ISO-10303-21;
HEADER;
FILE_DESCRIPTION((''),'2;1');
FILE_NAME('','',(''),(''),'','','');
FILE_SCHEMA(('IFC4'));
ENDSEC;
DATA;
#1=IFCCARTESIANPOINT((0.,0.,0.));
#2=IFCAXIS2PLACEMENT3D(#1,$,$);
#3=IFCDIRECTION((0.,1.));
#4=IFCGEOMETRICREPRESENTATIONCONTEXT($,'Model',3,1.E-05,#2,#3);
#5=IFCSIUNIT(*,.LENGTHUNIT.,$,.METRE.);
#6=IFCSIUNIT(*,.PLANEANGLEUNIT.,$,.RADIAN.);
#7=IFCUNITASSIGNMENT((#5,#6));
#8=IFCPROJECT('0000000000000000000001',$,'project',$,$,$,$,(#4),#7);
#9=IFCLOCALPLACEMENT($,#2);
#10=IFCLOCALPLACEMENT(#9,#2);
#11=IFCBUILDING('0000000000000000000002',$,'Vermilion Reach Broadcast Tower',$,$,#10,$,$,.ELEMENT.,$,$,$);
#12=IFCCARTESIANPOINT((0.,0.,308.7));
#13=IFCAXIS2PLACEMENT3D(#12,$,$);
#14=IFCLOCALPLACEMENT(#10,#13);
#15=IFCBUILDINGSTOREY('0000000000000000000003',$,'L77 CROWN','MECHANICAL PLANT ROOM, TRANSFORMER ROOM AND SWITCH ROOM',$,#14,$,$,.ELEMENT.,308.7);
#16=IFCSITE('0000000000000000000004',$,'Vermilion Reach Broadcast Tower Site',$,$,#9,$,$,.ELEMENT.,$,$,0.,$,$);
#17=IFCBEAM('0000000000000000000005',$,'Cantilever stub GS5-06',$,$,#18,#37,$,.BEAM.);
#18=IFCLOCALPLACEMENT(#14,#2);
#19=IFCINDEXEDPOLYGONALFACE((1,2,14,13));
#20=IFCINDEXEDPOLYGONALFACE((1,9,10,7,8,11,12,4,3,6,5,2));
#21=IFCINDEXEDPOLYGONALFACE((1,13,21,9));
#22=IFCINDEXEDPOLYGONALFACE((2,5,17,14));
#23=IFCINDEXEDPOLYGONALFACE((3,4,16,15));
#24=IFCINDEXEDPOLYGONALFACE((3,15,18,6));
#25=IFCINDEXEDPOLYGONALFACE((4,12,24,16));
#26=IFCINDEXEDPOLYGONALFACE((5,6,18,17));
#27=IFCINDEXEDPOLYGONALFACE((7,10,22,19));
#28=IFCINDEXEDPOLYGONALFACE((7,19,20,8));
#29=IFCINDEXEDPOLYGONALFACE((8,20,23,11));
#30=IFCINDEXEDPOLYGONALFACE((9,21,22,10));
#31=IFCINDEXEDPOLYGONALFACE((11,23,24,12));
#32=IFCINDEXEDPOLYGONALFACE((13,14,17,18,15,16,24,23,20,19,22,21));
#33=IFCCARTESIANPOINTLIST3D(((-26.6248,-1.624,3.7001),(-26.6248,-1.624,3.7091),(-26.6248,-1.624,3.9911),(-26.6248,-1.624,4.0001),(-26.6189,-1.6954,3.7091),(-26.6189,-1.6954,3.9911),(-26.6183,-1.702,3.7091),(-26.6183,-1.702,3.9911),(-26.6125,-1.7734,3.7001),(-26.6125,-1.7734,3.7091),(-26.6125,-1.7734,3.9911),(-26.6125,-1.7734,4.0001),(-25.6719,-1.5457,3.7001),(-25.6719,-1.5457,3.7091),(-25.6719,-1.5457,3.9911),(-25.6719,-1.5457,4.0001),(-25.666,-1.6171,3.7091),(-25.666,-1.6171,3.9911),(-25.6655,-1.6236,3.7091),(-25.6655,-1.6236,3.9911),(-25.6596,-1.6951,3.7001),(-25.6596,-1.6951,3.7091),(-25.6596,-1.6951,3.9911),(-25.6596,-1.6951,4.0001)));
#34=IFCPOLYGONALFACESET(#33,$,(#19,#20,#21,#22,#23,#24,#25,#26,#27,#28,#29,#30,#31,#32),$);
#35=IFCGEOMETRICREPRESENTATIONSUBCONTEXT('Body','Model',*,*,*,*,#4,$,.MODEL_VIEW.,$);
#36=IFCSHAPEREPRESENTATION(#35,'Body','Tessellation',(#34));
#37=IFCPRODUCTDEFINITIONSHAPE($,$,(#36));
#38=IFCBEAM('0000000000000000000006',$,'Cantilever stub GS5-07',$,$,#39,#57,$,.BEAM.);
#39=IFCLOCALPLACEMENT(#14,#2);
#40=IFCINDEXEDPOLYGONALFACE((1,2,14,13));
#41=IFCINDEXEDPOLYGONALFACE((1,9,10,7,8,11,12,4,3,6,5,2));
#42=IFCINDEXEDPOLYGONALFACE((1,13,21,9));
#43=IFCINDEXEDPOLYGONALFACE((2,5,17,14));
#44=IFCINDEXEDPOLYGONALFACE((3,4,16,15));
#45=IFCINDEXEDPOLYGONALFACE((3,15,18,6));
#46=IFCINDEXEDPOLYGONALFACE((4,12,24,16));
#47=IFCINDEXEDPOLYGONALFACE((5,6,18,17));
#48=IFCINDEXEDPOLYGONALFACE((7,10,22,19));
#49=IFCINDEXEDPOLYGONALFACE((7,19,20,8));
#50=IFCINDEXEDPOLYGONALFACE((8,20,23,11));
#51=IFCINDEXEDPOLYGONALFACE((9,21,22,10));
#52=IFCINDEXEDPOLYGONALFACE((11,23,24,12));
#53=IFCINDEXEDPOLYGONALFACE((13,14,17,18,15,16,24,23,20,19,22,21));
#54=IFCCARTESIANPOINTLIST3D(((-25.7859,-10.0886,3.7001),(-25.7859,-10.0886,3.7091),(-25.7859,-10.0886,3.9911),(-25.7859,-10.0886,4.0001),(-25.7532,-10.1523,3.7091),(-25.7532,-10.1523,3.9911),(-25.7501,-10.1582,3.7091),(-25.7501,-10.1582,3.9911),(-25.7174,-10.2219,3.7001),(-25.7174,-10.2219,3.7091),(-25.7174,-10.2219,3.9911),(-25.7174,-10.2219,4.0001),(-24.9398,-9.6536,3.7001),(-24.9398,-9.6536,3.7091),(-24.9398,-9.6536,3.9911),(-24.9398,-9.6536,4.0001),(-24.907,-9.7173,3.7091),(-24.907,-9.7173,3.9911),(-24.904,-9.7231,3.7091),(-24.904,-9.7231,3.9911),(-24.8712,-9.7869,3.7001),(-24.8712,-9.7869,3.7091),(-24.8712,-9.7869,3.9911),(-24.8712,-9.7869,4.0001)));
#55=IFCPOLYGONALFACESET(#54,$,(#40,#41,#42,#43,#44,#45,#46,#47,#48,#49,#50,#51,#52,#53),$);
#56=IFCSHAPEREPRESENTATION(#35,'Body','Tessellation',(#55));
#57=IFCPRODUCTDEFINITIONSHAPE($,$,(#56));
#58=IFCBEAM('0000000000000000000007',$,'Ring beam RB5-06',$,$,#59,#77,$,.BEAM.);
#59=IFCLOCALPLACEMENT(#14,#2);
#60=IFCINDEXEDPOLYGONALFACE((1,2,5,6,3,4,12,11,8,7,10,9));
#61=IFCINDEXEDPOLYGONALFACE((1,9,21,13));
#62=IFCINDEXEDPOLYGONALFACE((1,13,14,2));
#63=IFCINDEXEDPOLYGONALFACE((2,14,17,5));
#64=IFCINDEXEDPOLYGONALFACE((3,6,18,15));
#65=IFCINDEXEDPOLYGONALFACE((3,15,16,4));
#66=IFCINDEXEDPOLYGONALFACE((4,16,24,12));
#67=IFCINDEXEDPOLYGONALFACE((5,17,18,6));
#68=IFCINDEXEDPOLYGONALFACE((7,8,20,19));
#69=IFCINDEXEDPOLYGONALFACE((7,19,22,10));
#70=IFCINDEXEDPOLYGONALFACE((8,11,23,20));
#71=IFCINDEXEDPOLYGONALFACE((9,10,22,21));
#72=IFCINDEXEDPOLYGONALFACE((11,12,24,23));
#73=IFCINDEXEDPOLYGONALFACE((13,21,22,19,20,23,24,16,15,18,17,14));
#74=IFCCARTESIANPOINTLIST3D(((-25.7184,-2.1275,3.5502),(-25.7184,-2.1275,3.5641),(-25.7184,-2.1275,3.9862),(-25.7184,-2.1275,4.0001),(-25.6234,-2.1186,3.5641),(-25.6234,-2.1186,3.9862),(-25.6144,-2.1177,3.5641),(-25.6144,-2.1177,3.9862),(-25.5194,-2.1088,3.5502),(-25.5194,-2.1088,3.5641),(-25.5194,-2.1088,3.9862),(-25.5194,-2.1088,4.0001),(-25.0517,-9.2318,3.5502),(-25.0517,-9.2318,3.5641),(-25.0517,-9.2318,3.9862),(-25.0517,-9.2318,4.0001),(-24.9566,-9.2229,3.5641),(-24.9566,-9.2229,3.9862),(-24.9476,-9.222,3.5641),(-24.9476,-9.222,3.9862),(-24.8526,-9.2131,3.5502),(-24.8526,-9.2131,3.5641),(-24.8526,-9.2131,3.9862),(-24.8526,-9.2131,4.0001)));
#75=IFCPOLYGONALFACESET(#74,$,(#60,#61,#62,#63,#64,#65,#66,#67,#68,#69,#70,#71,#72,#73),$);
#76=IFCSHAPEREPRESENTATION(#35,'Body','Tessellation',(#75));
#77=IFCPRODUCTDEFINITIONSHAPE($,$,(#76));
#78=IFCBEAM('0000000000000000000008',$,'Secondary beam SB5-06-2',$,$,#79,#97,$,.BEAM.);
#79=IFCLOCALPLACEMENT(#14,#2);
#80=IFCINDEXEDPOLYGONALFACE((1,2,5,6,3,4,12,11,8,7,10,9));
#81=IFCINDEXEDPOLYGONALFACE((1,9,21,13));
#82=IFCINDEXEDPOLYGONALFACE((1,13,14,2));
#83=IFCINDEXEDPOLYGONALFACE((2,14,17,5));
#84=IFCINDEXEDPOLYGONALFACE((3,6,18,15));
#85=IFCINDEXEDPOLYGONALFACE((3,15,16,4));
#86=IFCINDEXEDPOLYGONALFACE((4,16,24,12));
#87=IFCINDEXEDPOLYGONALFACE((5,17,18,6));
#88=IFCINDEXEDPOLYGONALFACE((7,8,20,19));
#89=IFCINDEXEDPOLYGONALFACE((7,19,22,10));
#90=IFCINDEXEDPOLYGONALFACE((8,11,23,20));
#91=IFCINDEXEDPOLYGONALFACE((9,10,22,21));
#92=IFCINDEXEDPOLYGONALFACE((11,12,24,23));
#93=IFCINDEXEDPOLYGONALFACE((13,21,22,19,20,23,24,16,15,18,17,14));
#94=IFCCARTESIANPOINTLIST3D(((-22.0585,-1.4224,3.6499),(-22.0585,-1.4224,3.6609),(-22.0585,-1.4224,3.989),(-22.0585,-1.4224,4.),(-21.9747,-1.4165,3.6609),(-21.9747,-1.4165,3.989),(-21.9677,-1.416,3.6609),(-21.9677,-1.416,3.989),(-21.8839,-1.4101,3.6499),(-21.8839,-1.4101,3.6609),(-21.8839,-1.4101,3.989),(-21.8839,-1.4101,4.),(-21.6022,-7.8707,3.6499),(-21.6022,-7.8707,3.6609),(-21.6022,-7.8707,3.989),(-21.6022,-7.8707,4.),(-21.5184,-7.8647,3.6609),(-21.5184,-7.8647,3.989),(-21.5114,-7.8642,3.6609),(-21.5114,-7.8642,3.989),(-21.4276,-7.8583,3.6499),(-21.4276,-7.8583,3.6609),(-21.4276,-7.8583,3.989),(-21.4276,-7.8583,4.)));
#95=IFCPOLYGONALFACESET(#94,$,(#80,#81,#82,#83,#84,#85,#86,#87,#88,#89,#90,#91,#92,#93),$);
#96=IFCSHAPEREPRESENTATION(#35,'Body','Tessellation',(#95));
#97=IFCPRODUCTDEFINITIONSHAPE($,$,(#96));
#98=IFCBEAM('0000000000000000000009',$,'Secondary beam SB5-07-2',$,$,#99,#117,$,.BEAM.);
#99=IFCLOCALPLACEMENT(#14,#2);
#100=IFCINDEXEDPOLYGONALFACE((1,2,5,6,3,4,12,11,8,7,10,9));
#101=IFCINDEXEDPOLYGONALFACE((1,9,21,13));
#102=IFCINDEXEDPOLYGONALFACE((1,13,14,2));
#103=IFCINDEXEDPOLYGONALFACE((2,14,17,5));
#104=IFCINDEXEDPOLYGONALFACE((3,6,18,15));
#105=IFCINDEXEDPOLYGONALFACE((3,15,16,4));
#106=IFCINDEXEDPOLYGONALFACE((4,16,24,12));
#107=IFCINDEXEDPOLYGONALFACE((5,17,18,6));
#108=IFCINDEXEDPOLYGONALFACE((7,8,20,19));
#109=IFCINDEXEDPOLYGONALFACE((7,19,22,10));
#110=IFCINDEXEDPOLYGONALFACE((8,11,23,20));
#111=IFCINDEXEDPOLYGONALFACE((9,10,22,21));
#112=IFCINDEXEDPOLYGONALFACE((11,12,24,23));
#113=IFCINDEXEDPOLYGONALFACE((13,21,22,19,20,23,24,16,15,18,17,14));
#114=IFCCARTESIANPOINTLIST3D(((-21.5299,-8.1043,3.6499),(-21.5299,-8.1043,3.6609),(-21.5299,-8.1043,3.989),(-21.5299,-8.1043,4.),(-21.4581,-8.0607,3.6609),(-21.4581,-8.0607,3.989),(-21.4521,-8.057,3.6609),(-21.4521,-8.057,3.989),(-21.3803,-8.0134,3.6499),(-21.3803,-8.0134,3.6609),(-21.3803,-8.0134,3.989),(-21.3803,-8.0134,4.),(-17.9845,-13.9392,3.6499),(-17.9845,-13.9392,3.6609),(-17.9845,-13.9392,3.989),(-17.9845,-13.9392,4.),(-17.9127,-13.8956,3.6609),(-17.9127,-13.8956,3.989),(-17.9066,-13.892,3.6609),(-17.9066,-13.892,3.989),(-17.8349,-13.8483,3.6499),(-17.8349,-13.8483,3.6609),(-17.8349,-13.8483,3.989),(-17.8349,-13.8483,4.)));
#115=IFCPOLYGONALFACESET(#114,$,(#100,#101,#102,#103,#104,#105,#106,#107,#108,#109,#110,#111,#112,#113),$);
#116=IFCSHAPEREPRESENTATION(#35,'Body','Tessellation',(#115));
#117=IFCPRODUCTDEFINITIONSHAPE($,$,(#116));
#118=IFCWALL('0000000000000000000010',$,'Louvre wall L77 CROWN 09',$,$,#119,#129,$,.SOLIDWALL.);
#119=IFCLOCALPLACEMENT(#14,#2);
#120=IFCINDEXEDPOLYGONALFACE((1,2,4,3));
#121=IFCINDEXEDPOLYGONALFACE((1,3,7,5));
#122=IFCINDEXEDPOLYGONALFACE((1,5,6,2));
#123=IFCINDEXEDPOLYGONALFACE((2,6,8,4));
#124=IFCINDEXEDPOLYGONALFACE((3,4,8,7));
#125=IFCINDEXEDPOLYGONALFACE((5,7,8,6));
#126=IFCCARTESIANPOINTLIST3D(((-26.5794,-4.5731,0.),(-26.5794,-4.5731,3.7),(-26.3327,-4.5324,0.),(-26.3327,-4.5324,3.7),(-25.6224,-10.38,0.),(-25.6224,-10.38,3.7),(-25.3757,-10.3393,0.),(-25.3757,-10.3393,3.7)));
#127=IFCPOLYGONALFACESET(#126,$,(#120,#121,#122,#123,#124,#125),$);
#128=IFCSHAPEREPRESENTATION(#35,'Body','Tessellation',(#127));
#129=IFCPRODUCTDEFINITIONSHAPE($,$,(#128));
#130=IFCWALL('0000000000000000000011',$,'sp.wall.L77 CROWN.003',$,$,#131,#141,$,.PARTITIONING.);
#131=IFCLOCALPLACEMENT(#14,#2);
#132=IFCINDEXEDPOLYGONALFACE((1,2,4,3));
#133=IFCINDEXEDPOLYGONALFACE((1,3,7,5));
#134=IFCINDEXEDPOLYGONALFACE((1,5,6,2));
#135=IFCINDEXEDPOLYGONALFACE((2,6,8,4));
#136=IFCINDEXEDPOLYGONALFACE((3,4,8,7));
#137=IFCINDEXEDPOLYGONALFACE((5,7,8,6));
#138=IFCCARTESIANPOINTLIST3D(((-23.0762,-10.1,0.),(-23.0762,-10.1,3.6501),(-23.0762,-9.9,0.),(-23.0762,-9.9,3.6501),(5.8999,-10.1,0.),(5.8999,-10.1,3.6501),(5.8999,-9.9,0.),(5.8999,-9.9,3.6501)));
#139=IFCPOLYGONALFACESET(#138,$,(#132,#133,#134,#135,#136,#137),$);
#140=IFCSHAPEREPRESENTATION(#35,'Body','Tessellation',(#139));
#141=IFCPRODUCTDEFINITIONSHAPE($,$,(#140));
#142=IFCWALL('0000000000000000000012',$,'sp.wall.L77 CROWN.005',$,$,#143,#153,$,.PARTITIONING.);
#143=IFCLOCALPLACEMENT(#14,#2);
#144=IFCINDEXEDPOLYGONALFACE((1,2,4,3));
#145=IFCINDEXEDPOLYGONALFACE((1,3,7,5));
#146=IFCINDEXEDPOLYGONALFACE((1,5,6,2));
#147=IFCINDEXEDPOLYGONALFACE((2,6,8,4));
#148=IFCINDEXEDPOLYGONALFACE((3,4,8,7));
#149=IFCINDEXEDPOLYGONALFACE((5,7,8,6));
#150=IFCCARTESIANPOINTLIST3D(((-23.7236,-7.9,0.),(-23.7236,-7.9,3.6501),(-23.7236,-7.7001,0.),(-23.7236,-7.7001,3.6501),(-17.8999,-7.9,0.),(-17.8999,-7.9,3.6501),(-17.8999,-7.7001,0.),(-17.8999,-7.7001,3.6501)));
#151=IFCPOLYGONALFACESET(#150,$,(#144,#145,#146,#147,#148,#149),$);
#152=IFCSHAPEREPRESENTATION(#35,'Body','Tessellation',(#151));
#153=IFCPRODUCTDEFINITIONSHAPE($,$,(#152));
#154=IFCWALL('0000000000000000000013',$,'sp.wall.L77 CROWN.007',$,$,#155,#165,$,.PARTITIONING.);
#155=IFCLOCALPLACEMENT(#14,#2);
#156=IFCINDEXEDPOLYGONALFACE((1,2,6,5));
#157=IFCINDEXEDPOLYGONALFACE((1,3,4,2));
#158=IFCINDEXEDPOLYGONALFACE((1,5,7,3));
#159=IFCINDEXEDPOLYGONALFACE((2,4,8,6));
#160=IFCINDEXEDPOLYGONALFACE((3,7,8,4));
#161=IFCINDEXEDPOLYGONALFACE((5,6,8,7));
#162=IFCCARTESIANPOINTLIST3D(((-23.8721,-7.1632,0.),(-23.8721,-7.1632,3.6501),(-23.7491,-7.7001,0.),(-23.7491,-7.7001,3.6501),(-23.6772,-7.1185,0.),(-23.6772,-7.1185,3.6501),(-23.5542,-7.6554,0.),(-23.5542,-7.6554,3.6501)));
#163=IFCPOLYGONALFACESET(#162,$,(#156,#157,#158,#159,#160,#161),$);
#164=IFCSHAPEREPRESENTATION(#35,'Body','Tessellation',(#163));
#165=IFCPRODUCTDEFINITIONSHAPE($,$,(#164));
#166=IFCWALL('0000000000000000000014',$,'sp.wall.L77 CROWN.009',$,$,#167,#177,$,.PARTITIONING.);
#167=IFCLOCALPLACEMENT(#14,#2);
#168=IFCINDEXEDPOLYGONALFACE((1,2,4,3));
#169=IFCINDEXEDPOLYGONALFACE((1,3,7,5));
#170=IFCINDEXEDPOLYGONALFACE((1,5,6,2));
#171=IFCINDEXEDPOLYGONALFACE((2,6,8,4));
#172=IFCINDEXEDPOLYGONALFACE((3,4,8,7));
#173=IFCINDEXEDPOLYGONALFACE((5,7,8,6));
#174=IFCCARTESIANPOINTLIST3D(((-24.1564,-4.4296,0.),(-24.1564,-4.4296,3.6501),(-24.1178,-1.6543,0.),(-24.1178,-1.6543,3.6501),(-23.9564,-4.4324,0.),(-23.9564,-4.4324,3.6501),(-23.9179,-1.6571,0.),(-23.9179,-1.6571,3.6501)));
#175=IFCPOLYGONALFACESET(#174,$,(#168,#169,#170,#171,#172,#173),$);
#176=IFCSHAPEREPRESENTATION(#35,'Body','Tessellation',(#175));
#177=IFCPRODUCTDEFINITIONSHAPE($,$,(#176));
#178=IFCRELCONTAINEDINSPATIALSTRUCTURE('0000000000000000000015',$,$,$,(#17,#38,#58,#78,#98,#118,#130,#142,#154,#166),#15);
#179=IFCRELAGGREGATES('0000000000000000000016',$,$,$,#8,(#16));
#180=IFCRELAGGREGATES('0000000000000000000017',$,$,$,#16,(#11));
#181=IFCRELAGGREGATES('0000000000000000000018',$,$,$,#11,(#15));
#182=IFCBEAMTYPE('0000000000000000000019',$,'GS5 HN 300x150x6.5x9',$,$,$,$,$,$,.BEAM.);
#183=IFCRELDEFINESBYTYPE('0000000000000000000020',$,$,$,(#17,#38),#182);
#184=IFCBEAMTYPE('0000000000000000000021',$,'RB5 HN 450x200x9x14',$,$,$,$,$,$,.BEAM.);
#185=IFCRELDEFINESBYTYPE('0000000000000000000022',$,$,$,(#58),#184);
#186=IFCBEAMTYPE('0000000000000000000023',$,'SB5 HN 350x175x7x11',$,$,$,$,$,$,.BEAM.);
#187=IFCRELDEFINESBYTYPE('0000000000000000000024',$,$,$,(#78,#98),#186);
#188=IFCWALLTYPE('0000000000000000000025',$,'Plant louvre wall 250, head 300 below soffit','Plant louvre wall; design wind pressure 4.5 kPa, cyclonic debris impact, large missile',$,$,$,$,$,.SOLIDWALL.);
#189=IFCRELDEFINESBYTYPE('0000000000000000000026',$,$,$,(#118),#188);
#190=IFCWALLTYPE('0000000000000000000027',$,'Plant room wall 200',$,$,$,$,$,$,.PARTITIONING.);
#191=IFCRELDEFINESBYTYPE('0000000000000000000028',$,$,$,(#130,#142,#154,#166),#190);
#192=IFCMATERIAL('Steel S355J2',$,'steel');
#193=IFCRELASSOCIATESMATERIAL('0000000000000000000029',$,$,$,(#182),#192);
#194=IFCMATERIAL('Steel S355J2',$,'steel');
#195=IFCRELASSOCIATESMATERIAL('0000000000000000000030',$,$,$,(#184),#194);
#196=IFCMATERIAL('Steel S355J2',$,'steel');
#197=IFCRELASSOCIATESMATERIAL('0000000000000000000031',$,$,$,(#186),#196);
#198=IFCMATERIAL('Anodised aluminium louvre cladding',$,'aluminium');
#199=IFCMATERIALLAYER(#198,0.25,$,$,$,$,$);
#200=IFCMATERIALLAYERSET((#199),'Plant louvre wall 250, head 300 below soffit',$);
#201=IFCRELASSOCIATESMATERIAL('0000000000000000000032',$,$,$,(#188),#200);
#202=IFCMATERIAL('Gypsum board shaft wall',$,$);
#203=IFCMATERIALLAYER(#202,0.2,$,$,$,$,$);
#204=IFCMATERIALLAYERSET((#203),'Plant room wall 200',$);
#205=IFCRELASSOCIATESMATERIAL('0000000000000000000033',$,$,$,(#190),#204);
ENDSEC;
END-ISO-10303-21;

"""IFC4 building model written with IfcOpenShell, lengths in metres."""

from ifc_helpers import new_model, si_unit, direction, frame, frame_2d, origin, origin_2d, place, context, subcontext, project, spatial, rectangle, i_section, extrude, material, layer, layer_set, material_profile, profile_set, type_object, element, save


model = new_model("IFC4")

# Units and contexts
model_context = context("Model", 3, precision=1e-05, world=origin(), true_north=direction((0.0, 1.0)))
body_context = subcontext(model_context, "Body", "Model", "MODEL_VIEW")
ifc_project = project(units=[si_unit("LENGTHUNIT", "METRE"), si_unit("PLANEANGLEUNIT", "RADIAN")], contexts=[model_context])

# Site, building, storey
site_placement = place(None, origin())
site = spatial("IfcSite", under=ifc_project, at=site_placement, Name="Vermilion Reach Broadcast Tower Site", CompositionType="ELEMENT", RefElevation=0.0)
building_placement = place(site_placement, origin())
building = spatial("IfcBuilding", under=site, at=building_placement, Name="Vermilion Reach Broadcast Tower", CompositionType="ELEMENT")
storey_placement = place(building_placement, frame((0.0, 0.0, 308.7)))
storey = spatial("IfcBuildingStorey", under=building, at=storey_placement, Name="L77 CROWN", Description="MECHANICAL PLANT ROOM, TRANSFORMER ROOM AND SWITCH ROOM", CompositionType="ELEMENT", Elevation=308.7)

# Beams
ifc_material_1 = material(Name="Steel S355J2", Category="steel")
ifc_material_profile_1 = material_profile(ifc_material_1, i_section(OverallWidth=0.1499, OverallDepth=0.3, WebThickness=0.0066, FlangeThickness=0.009, at=origin_2d()), Name="S355J2 HN 300x150x6.5x9")
ifc_profile_set_1 = profile_set([ifc_material_profile_1], Name="Steel S355J2")
beam_type_1 = type_object("IfcBeamType", Name="GS5 HN 300x150x6.5x9", PredefinedType="BEAM", material=ifc_profile_set_1)
beam_1_placement = place(storey_placement, frame((-25.6658, -1.6204, 3.8501), z_axis=(-0.996635, -0.081968, 0.0), x_axis=(0.081968, -0.996635, 0.0)))
element("IfcBeam", 1, at=beam_1_placement, inside=storey, type_object=beam_type_1, Name="Cantilever stub GS5-06", PredefinedType="BEAM", context=body_context, shape_type="SweptSolid", body=[
    extrude(i_section(OverallWidth=0.1499, OverallDepth=0.3, WebThickness=0.0066, FlangeThickness=0.009, at=origin_2d()), origin(), (0.0, 0.0, 1.0), 0.9561),
])
beam_2_placement = place(storey_placement, frame((-24.9055, -9.7202, 3.8501), z_axis=(-0.889341, -0.457244, 0.0), x_axis=(0.457244, -0.889341, 0.0)))
element("IfcBeam", 2, at=beam_2_placement, inside=storey, type_object=beam_type_1, Name="Cantilever stub GS5-07", PredefinedType="BEAM", context=body_context, shape_type="SweptSolid", body=[
    extrude(i_section(OverallWidth=0.1499, OverallDepth=0.3, WebThickness=0.0066, FlangeThickness=0.009, at=origin_2d()), origin(), (0.0, 0.0, 1.0), 0.9514),
])
ifc_material_2 = material(Name="Steel S355J2", Category="steel")
ifc_material_profile_2 = material_profile(ifc_material_2, i_section(OverallWidth=0.2, OverallDepth=0.45, WebThickness=0.009, FlangeThickness=0.0139, at=origin_2d()), Name="S355J2 HN 450x200x9x14")
ifc_profile_set_2 = profile_set([ifc_material_profile_2], Name="Steel S355J2")
beam_type_2 = type_object("IfcBeamType", Name="RB5 HN 450x200x9x14", PredefinedType="BEAM", material=ifc_profile_set_2)
beam_3_placement = place(storey_placement, frame((-25.6189, -2.1182, 3.7751), z_axis=(0.093441, -0.995625, 0.0), x_axis=(0.995625, 0.093441, 0.0)))
element("IfcBeam", 3, at=beam_3_placement, inside=storey, type_object=beam_type_2, Name="Ring beam RB5-06", PredefinedType="BEAM", context=body_context, shape_type="SweptSolid", body=[
    extrude(i_section(OverallWidth=0.2, OverallDepth=0.45, WebThickness=0.009, FlangeThickness=0.0139, at=origin_2d()), origin(), (0.0, 0.0, 1.0), 7.1355),
])
ifc_material_3 = material(Name="Steel S355J2", Category="steel")
ifc_material_profile_3 = material_profile(ifc_material_3, i_section(OverallWidth=0.175, OverallDepth=0.3501, WebThickness=0.0071, FlangeThickness=0.011, at=origin_2d()), Name="S355J2 HN 350x175x7x11")
ifc_profile_set_3 = profile_set([ifc_material_profile_3], Name="Steel S355J2")
beam_type_3 = type_object("IfcBeamType", Name="SB5 HN 350x175x7x11", PredefinedType="BEAM", material=ifc_profile_set_3)
beam_4_placement = place(storey_placement, frame((-21.9712, -1.4163, 3.825), z_axis=(0.070587, -0.997506, 0.0), x_axis=(0.997506, 0.070587, 0.0)))
element("IfcBeam", 4, at=beam_4_placement, inside=storey, type_object=beam_type_3, Name="Secondary beam SB5-06-2", PredefinedType="BEAM", context=body_context, shape_type="SweptSolid", body=[
    extrude(i_section(OverallWidth=0.175, OverallDepth=0.3501, WebThickness=0.0071, FlangeThickness=0.011, at=origin_2d()), origin(), (0.0, 0.0, 1.0), 6.4644),
])
beam_5_placement = place(storey_placement, frame((-21.4551, -8.0588, 3.825), z_axis=(0.519273, -0.854608, 0.0), x_axis=(0.854608, 0.519273, 0.0)))
element("IfcBeam", 5, at=beam_5_placement, inside=storey, type_object=beam_type_3, Name="Secondary beam SB5-07-2", PredefinedType="BEAM", context=body_context, shape_type="SweptSolid", body=[
    extrude(i_section(OverallWidth=0.175, OverallDepth=0.3501, WebThickness=0.0071, FlangeThickness=0.011, at=origin_2d()), origin(), (0.0, 0.0, 1.0), 6.8276),
])

# Walls
ifc_material_4 = material(Name="Anodised aluminium louvre cladding", Category="aluminium")
ifc_layer_1 = layer(ifc_material_4, 0.25)
ifc_layer_set_1 = layer_set([ifc_layer_1], Name="Plant louvre wall 250, head 300 below soffit")
wall_type_1 = type_object("IfcWallType", Name="Plant louvre wall 250, head 300 below soffit", Description="Plant louvre wall; design wind pressure 4.5 kPa, cyclonic debris impact, large missile", PredefinedType="SOLIDWALL", material=ifc_layer_set_1)
wall_1_placement = place(storey_placement, frame((-26.4561, -4.5527, 0.0), z_axis=(0.0, 0.0, 1.0), x_axis=(0.162616, -0.986689, 0.0)))
element("IfcWall", 6, at=wall_1_placement, inside=storey, type_object=wall_type_1, Name="Louvre wall L77 CROWN 09", PredefinedType="SOLIDWALL", context=body_context, shape_type="SweptSolid", body=[
    extrude(rectangle(XDim=5.8853, YDim=0.25, at=frame_2d((2.9426, 0.0))), origin(), (0.0, 0.0, 1.0), 3.7),
])
ifc_material_5 = material(Name="Gypsum board shaft wall")
ifc_layer_2 = layer(ifc_material_5, 0.2)
ifc_layer_set_2 = layer_set([ifc_layer_2], Name="Plant room wall 200")
wall_type_2 = type_object("IfcWallType", Name="Plant room wall 200", PredefinedType="PARTITIONING", material=ifc_layer_set_2)
wall_2_placement = place(storey_placement, frame((-23.0762, -10.0, 0.0), z_axis=(0.0, 0.0, 1.0), x_axis=(1.0, 0.0, 0.0)))
element("IfcWall", 7, at=wall_2_placement, inside=storey, type_object=wall_type_2, Name="sp.wall.L77 CROWN.003", PredefinedType="PARTITIONING", context=body_context, shape_type="SweptSolid", body=[
    extrude(rectangle(XDim=28.9761, YDim=0.2, at=frame_2d((14.488, 0.0))), origin(), (0.0, 0.0, 1.0), 3.6501),
])
wall_3_placement = place(storey_placement, frame((-23.7236, -7.8, 0.0), z_axis=(0.0, 0.0, 1.0), x_axis=(1.0, 0.0, 0.0)))
element("IfcWall", 8, at=wall_3_placement, inside=storey, type_object=wall_type_2, Name="sp.wall.L77 CROWN.005", PredefinedType="PARTITIONING", context=body_context, shape_type="SweptSolid", body=[
    extrude(rectangle(XDim=5.8237, YDim=0.2, at=frame_2d((2.9119, 0.0))), origin(), (0.0, 0.0, 1.0), 3.6501),
])
wall_4_placement = place(storey_placement, frame((-23.7747, -7.1409, 0.0), z_axis=(0.0, 0.0, 1.0), x_axis=(0.223402, -0.974726, 0.0)))
element("IfcWall", 9, at=wall_4_placement, inside=storey, type_object=wall_type_2, Name="sp.wall.L77 CROWN.007", PredefinedType="PARTITIONING", context=body_context, shape_type="SweptSolid", body=[
    extrude(rectangle(XDim=0.5508, YDim=0.2, at=frame_2d((0.2754, 0.0))), origin(), (0.0, 0.0, 1.0), 3.6501),
])

# Wall
wall_5_placement = place(storey_placement, frame((-24.0564, -4.4309, 0.0), z_axis=(0.0, 0.0, 1.0), x_axis=(0.013897, 0.999903, 0.0)))
element("IfcWall", 10, at=wall_5_placement, inside=storey, type_object=wall_type_2, Name="sp.wall.L77 CROWN.009", PredefinedType="PARTITIONING", context=body_context, shape_type="SweptSolid", body=[
    extrude(rectangle(XDim=2.7756, YDim=0.2, at=frame_2d((1.3877, 0.0))), origin(), (0.0, 0.0, 1.0), 3.6501),
])

save(model, "model.ifc")
